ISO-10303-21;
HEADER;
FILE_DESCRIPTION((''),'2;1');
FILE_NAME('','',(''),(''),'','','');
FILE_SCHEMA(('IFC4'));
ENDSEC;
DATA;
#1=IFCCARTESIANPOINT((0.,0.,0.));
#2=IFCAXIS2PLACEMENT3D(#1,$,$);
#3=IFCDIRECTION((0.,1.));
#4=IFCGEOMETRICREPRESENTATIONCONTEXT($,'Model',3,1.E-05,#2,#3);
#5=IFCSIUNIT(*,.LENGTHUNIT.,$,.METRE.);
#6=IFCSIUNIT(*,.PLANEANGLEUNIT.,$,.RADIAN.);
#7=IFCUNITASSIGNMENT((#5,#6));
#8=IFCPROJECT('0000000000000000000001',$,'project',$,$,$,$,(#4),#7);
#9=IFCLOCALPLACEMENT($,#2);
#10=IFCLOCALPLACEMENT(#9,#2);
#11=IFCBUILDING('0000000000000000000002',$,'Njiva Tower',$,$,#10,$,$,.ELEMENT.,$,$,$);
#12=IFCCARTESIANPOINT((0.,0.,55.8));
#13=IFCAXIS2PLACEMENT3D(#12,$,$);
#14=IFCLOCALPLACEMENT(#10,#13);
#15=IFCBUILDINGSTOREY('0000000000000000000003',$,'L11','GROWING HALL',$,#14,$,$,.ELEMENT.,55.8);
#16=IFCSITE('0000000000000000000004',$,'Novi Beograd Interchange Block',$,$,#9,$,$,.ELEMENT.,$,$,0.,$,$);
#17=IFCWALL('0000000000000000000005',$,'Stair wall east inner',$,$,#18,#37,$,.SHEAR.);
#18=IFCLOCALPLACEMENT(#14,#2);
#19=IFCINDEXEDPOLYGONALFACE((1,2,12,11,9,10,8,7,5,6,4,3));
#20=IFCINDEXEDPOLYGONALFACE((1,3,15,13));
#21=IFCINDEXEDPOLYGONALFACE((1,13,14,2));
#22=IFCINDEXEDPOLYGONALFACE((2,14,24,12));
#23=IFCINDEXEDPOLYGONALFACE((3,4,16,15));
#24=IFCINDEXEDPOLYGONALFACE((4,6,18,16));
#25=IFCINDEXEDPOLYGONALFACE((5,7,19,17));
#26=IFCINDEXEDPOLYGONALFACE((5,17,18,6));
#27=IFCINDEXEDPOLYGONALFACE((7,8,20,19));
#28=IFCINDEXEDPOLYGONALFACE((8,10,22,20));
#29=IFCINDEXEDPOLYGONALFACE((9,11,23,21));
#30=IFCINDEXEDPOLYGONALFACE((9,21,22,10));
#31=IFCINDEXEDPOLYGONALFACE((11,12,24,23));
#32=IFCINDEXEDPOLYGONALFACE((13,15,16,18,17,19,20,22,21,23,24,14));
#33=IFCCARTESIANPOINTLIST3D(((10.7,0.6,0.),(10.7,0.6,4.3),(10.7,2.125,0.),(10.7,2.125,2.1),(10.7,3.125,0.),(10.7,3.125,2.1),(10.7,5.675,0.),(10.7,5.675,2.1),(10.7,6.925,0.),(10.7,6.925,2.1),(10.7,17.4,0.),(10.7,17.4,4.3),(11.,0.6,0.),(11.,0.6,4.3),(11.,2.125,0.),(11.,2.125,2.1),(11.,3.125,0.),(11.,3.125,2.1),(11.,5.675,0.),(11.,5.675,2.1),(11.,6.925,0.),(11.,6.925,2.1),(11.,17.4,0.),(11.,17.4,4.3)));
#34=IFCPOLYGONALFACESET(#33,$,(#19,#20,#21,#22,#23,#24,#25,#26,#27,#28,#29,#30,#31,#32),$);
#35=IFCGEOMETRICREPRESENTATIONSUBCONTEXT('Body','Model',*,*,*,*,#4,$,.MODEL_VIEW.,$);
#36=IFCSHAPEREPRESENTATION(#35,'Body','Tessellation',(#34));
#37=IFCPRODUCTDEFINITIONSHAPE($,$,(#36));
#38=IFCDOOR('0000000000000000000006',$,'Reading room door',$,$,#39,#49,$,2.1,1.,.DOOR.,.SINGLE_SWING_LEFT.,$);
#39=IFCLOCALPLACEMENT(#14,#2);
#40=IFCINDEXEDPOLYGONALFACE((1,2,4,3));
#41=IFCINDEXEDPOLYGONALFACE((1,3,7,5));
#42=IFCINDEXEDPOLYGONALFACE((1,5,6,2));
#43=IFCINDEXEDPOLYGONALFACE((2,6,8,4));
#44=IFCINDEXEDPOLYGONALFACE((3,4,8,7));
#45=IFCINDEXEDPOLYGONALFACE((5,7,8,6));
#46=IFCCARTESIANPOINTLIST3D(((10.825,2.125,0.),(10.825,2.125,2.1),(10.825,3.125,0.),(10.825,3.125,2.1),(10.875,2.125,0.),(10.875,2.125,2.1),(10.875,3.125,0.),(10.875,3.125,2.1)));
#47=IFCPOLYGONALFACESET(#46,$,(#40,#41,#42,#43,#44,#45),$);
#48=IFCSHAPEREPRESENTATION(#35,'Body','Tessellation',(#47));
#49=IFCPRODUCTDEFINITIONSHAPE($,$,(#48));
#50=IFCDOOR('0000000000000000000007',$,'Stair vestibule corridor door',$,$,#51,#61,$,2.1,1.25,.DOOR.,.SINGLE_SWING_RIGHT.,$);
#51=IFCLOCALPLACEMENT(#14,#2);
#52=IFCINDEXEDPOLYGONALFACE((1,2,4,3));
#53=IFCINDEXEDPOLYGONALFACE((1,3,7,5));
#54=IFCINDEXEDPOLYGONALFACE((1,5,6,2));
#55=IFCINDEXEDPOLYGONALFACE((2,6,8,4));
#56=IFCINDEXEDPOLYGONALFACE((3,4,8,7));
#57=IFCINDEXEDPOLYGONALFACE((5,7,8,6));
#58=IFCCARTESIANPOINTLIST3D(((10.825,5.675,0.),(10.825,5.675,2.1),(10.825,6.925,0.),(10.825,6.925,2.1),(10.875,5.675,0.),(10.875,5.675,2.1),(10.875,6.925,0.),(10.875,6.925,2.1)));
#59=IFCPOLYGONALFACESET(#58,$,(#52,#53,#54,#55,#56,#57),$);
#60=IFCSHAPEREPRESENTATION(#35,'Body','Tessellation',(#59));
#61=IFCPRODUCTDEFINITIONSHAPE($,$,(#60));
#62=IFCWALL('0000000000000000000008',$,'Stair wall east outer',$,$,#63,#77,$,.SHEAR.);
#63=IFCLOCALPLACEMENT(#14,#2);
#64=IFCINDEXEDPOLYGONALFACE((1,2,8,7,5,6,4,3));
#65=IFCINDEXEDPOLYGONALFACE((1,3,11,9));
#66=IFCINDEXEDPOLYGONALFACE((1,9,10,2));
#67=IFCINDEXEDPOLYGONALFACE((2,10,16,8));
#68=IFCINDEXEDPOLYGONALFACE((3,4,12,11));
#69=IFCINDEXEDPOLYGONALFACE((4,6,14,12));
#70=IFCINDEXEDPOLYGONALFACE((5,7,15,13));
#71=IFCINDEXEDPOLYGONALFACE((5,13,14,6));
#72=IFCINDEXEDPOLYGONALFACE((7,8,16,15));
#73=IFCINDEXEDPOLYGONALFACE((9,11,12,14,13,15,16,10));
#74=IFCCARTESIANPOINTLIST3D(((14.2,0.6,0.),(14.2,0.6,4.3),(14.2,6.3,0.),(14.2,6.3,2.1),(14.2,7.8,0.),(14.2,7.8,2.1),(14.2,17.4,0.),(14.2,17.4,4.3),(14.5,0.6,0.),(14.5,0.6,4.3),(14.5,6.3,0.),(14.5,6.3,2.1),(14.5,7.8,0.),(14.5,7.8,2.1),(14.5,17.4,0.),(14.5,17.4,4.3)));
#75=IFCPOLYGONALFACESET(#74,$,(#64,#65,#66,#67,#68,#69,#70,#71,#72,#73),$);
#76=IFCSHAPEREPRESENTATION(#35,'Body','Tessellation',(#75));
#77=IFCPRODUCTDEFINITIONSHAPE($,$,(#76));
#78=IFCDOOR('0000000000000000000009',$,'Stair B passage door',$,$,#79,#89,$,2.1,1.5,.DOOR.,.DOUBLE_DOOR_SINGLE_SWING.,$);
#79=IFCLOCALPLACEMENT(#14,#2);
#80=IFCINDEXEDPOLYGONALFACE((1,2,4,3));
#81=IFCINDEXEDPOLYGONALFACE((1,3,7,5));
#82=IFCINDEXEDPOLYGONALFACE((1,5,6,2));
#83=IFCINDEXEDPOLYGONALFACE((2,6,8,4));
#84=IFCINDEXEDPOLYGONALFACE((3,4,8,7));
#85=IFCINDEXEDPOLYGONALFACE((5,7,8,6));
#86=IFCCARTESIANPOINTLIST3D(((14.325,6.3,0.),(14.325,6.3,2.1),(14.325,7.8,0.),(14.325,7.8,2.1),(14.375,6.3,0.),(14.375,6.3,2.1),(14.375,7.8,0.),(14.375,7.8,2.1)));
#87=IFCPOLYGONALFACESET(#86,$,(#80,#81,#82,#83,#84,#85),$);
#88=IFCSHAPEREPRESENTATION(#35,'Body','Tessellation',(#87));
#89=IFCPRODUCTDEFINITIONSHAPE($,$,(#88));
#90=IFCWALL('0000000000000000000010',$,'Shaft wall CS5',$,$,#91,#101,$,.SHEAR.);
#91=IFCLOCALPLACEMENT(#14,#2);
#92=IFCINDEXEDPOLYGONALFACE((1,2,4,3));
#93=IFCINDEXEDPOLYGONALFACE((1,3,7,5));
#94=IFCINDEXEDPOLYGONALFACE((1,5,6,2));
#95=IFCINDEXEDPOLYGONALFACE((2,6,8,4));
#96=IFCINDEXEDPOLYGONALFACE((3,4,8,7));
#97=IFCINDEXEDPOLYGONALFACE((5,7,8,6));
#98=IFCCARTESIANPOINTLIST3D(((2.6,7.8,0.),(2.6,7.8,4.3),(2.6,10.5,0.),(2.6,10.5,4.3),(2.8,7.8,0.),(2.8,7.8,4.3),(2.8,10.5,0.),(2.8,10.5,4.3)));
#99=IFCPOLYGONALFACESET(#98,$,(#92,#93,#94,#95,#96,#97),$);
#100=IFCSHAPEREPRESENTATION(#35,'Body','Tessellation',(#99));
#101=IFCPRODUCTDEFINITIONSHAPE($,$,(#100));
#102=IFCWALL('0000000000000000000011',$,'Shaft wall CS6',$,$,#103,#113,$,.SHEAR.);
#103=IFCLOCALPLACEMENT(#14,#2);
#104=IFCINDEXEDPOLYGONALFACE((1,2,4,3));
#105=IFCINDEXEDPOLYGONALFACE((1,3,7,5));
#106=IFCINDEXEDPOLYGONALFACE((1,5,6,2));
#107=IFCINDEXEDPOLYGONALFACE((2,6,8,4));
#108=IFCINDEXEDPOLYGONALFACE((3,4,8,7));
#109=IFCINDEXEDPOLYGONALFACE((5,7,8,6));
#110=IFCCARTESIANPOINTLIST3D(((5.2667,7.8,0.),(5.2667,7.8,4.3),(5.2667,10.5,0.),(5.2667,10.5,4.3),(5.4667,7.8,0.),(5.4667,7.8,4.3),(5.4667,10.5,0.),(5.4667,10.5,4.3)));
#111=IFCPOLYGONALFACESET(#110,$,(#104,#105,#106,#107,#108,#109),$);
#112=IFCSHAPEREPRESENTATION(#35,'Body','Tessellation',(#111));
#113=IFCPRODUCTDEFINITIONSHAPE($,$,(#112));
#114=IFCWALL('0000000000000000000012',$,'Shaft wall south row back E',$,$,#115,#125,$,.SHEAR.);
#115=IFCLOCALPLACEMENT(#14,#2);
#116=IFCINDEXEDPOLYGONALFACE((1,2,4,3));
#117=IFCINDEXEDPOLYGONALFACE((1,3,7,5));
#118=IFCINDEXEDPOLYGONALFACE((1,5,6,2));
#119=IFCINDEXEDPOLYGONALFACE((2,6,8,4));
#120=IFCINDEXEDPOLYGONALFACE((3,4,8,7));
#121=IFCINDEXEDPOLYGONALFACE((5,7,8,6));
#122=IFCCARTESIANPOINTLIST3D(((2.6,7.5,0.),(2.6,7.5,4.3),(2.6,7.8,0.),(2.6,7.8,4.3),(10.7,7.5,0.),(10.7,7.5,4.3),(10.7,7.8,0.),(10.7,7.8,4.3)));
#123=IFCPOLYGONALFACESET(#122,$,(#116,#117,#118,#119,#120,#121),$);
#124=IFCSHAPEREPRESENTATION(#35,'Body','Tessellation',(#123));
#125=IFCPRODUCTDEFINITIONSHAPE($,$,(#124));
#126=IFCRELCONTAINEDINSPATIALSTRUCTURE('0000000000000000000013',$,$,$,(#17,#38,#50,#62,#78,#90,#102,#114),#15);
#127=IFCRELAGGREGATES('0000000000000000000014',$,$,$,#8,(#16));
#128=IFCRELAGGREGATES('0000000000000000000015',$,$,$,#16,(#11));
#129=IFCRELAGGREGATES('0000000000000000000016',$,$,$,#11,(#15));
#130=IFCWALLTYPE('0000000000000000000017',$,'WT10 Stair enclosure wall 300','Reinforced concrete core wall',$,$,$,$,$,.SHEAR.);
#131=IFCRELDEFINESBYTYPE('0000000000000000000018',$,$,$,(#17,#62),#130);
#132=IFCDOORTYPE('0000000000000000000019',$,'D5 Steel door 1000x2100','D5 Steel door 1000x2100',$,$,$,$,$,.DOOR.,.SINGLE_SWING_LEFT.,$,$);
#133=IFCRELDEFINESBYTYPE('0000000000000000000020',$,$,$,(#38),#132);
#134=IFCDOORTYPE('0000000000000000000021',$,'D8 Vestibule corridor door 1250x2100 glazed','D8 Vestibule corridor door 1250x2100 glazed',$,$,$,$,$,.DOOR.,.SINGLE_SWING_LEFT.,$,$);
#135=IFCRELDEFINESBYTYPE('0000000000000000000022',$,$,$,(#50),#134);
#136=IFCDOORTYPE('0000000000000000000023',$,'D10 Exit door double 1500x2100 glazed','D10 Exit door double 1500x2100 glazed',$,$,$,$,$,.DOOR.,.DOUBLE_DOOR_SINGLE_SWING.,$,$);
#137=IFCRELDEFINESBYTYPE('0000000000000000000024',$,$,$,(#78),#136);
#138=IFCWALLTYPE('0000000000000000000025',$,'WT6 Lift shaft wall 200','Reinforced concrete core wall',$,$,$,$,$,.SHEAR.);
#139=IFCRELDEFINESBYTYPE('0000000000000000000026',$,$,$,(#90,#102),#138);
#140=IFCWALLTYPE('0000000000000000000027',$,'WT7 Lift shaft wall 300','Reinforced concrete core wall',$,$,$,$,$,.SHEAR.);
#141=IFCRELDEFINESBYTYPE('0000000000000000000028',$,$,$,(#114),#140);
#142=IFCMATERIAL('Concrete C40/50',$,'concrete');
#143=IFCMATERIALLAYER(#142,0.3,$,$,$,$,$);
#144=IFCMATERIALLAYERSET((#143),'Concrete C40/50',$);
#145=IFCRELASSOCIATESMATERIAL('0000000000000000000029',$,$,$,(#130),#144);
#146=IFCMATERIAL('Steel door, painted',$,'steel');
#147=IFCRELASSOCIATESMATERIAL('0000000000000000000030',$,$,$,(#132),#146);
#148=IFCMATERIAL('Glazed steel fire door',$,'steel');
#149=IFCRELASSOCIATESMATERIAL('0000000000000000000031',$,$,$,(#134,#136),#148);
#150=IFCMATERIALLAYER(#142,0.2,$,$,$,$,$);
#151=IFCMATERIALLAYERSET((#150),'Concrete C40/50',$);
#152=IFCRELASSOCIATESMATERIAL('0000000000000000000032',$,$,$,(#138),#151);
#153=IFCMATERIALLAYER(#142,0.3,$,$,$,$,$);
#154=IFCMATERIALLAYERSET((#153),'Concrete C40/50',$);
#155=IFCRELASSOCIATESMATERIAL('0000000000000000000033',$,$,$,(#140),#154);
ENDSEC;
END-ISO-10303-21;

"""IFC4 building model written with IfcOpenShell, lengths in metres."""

from ifc_helpers import new_model, si_unit, direction, frame, frame_2d, origin, place, context, subcontext, project, spatial, rectangle, extrude, material, layer, layer_set, type_object, element, fill, save


model = new_model("IFC4")

# Units and contexts
model_context = context("Model", 3, precision=1e-05, world=origin(), true_north=direction((0.0, 1.0)))
body_context = subcontext(model_context, "Body", "Model", "MODEL_VIEW")
ifc_project = project(units=[si_unit("LENGTHUNIT", "METRE"), si_unit("PLANEANGLEUNIT", "RADIAN")], contexts=[model_context])

# Site, building, storey
site_placement = place(None, origin())
site = spatial("IfcSite", under=ifc_project, at=site_placement, Name="Novi Beograd Interchange Block", CompositionType="ELEMENT", RefElevation=0.0)
building_placement = place(site_placement, origin())
building = spatial("IfcBuilding", under=site, at=building_placement, Name="Njiva Tower", CompositionType="ELEMENT")
storey_placement = place(building_placement, frame((0.0, 0.0, 55.8)))
storey = spatial("IfcBuildingStorey", under=building, at=storey_placement, Name="L11", Description="GROWING HALL", CompositionType="ELEMENT", Elevation=55.8)

# Shared definitions
ifc_material_1 = material(Name="Concrete C40/50", Category="concrete")

# Wall, openings, doors
ifc_layer_1 = layer(ifc_material_1, 0.3)
ifc_layer_set_1 = layer_set([ifc_layer_1], Name="Concrete C40/50")
wall_type_1 = type_object("IfcWallType", Name="WT10 Stair enclosure wall 300", Description="Reinforced concrete core wall", PredefinedType="SHEAR", material=ifc_layer_set_1)
wall_1_placement = place(storey_placement, frame((10.85, 0.6, 0.0), z_axis=(0.0, 0.0, 1.0), x_axis=(0.0, 1.0, 0.0)))
wall_1 = element("IfcWall", 1, at=wall_1_placement, inside=storey, type_object=wall_type_1, Name="Stair wall east inner", PredefinedType="SHEAR", context=body_context, shape_type="SweptSolid", body=[
    extrude(rectangle(XDim=16.8, YDim=0.3, at=frame_2d((8.4, 0.0))), origin(), (0.0, 0.0, 1.0), 4.3),
])
opening_1_placement = place(wall_1_placement, frame((5.075, 0.0, 0.0)))
opening_1 = element("IfcOpeningElement", 2, at=opening_1_placement, cuts=wall_1, PredefinedType="OPENING", context=body_context, shape_type="SweptSolid", body=[
    extrude(rectangle(XDim=1.25, YDim=2.1, at=frame_2d((0.625, 1.05))), frame((0.0, 0.16, 0.0), z_axis=(0.0, -1.0, 0.0), x_axis=(1.0, 0.0, 0.0)), (0.0, 0.0, 1.0), 0.32),
])
opening_2_placement = place(wall_1_placement, frame((1.525, 0.0, 0.0)))
opening_2 = element("IfcOpeningElement", 3, at=opening_2_placement, cuts=wall_1, PredefinedType="OPENING", context=body_context, shape_type="SweptSolid", body=[
    extrude(rectangle(XDim=1.0, YDim=2.1, at=frame_2d((0.5, 1.05))), frame((0.0, 0.16, 0.0), z_axis=(0.0, -1.0, 0.0), x_axis=(1.0, 0.0, 0.0)), (0.0, 0.0, 1.0), 0.32),
])
ifc_material_2 = material(Name="Steel door, painted", Category="steel")
door_type_1 = type_object("IfcDoorType", Name="D5 Steel door 1000x2100", Description="D5 Steel door 1000x2100", OperationType="SINGLE_SWING_LEFT", PredefinedType="DOOR", material=ifc_material_2)
door_1_placement = place(opening_2_placement, origin())
door_1 = element("IfcDoor", 4, at=door_1_placement, inside=storey, type_object=door_type_1, Name="Reading room door", OperationType="SINGLE_SWING_LEFT", OverallHeight=2.1, OverallWidth=1.0, PredefinedType="DOOR", context=body_context, shape_type="SweptSolid", body=[
    extrude(rectangle(XDim=1.0, YDim=2.1, at=frame_2d((0.5, 1.05))), frame((0.0, 0.025, 0.0), z_axis=(0.0, -1.0, 0.0), x_axis=(1.0, 0.0, 0.0)), (0.0, 0.0, 1.0), 0.05),
])
fill(opening_2, door_1)
ifc_material_3 = material(Name="Glazed steel fire door", Category="steel")
door_type_2 = type_object("IfcDoorType", Name="D8 Vestibule corridor door 1250x2100 glazed", Description="D8 Vestibule corridor door 1250x2100 glazed", OperationType="SINGLE_SWING_LEFT", PredefinedType="DOOR", material=ifc_material_3)
door_2_placement = place(opening_1_placement, origin())
door_2 = element("IfcDoor", 5, at=door_2_placement, inside=storey, type_object=door_type_2, Name="Stair vestibule corridor door", OperationType="SINGLE_SWING_RIGHT", OverallHeight=2.1, OverallWidth=1.25, PredefinedType="DOOR", context=body_context, shape_type="SweptSolid", body=[
    extrude(rectangle(XDim=1.25, YDim=2.1, at=frame_2d((0.625, 1.05))), frame((0.0, 0.025, 0.0), z_axis=(0.0, -1.0, 0.0), x_axis=(1.0, 0.0, 0.0)), (0.0, 0.0, 1.0), 0.05),
])
fill(opening_1, door_2)

# Wall, opening, door
wall_2_placement = place(storey_placement, frame((14.35, 0.6, 0.0), z_axis=(0.0, 0.0, 1.0), x_axis=(0.0, 1.0, 0.0)))
wall_2 = element("IfcWall", 6, at=wall_2_placement, inside=storey, type_object=wall_type_1, Name="Stair wall east outer", PredefinedType="SHEAR", context=body_context, shape_type="SweptSolid", body=[
    extrude(rectangle(XDim=16.8, YDim=0.3, at=frame_2d((8.4, 0.0))), origin(), (0.0, 0.0, 1.0), 4.3),
])
opening_3_placement = place(wall_2_placement, frame((5.7, 0.0, 0.0)))
opening_3 = element("IfcOpeningElement", 7, at=opening_3_placement, cuts=wall_2, PredefinedType="OPENING", context=body_context, shape_type="SweptSolid", body=[
    extrude(rectangle(XDim=1.5, YDim=2.1, at=frame_2d((0.75, 1.05))), frame((0.0, 0.16, 0.0), z_axis=(0.0, -1.0, 0.0), x_axis=(1.0, 0.0, 0.0)), (0.0, 0.0, 1.0), 0.32),
])
door_type_3 = type_object("IfcDoorType", Name="D10 Exit door double 1500x2100 glazed", Description="D10 Exit door double 1500x2100 glazed", OperationType="DOUBLE_DOOR_SINGLE_SWING", PredefinedType="DOOR", material=ifc_material_3)
door_3_placement = place(opening_3_placement, origin())
door_3 = element("IfcDoor", 8, at=door_3_placement, inside=storey, type_object=door_type_3, Name="Stair B passage door", OperationType="DOUBLE_DOOR_SINGLE_SWING", OverallHeight=2.1, OverallWidth=1.5, PredefinedType="DOOR", context=body_context, shape_type="SweptSolid", body=[
    extrude(rectangle(XDim=1.5, YDim=2.1, at=frame_2d((0.75, 1.05))), frame((0.0, 0.025, 0.0), z_axis=(0.0, -1.0, 0.0), x_axis=(1.0, 0.0, 0.0)), (0.0, 0.0, 1.0), 0.05),
])
fill(opening_3, door_3)

# Walls
ifc_layer_2 = layer(ifc_material_1, 0.2)
ifc_layer_set_2 = layer_set([ifc_layer_2], Name="Concrete C40/50")
wall_type_2 = type_object("IfcWallType", Name="WT6 Lift shaft wall 200", Description="Reinforced concrete core wall", PredefinedType="SHEAR", material=ifc_layer_set_2)
for number, where, z_axis, x_axis, name in (
    (9, (2.7, 7.8, 0.0), (0.0, 0.0, 1.0), (0.0, 1.0, 0.0), "Shaft wall CS5"),
    (10, (5.3667, 7.8, 0.0), (0.0, 0.0, 1.0), (0.0, 1.0, 0.0), "Shaft wall CS6"),
):
    element("IfcWall", number, at=place(storey_placement, frame(where, z_axis=z_axis, x_axis=x_axis)), inside=storey, type_object=wall_type_2, Name=name, PredefinedType="SHEAR", context=body_context, shape_type="SweptSolid", body=[
        extrude(rectangle(XDim=2.7, YDim=0.2, at=frame_2d((1.35, 0.0))), origin(), (0.0, 0.0, 1.0), 4.3),
    ])
ifc_layer_3 = layer(ifc_material_1, 0.3)
ifc_layer_set_3 = layer_set([ifc_layer_3], Name="Concrete C40/50")
wall_type_3 = type_object("IfcWallType", Name="WT7 Lift shaft wall 300", Description="Reinforced concrete core wall", PredefinedType="SHEAR", material=ifc_layer_set_3)
wall_3_placement = place(storey_placement, frame((2.6, 7.65, 0.0), z_axis=(0.0, 0.0, 1.0), x_axis=(1.0, 0.0, 0.0)))
element("IfcWall", 11, at=wall_3_placement, inside=storey, type_object=wall_type_3, Name="Shaft wall south row back E", PredefinedType="SHEAR", context=body_context, shape_type="SweptSolid", body=[
    extrude(rectangle(XDim=8.1, YDim=0.3, at=frame_2d((4.05, 0.0))), origin(), (0.0, 0.0, 1.0), 4.3),
])

save(model, "model.ifc")
